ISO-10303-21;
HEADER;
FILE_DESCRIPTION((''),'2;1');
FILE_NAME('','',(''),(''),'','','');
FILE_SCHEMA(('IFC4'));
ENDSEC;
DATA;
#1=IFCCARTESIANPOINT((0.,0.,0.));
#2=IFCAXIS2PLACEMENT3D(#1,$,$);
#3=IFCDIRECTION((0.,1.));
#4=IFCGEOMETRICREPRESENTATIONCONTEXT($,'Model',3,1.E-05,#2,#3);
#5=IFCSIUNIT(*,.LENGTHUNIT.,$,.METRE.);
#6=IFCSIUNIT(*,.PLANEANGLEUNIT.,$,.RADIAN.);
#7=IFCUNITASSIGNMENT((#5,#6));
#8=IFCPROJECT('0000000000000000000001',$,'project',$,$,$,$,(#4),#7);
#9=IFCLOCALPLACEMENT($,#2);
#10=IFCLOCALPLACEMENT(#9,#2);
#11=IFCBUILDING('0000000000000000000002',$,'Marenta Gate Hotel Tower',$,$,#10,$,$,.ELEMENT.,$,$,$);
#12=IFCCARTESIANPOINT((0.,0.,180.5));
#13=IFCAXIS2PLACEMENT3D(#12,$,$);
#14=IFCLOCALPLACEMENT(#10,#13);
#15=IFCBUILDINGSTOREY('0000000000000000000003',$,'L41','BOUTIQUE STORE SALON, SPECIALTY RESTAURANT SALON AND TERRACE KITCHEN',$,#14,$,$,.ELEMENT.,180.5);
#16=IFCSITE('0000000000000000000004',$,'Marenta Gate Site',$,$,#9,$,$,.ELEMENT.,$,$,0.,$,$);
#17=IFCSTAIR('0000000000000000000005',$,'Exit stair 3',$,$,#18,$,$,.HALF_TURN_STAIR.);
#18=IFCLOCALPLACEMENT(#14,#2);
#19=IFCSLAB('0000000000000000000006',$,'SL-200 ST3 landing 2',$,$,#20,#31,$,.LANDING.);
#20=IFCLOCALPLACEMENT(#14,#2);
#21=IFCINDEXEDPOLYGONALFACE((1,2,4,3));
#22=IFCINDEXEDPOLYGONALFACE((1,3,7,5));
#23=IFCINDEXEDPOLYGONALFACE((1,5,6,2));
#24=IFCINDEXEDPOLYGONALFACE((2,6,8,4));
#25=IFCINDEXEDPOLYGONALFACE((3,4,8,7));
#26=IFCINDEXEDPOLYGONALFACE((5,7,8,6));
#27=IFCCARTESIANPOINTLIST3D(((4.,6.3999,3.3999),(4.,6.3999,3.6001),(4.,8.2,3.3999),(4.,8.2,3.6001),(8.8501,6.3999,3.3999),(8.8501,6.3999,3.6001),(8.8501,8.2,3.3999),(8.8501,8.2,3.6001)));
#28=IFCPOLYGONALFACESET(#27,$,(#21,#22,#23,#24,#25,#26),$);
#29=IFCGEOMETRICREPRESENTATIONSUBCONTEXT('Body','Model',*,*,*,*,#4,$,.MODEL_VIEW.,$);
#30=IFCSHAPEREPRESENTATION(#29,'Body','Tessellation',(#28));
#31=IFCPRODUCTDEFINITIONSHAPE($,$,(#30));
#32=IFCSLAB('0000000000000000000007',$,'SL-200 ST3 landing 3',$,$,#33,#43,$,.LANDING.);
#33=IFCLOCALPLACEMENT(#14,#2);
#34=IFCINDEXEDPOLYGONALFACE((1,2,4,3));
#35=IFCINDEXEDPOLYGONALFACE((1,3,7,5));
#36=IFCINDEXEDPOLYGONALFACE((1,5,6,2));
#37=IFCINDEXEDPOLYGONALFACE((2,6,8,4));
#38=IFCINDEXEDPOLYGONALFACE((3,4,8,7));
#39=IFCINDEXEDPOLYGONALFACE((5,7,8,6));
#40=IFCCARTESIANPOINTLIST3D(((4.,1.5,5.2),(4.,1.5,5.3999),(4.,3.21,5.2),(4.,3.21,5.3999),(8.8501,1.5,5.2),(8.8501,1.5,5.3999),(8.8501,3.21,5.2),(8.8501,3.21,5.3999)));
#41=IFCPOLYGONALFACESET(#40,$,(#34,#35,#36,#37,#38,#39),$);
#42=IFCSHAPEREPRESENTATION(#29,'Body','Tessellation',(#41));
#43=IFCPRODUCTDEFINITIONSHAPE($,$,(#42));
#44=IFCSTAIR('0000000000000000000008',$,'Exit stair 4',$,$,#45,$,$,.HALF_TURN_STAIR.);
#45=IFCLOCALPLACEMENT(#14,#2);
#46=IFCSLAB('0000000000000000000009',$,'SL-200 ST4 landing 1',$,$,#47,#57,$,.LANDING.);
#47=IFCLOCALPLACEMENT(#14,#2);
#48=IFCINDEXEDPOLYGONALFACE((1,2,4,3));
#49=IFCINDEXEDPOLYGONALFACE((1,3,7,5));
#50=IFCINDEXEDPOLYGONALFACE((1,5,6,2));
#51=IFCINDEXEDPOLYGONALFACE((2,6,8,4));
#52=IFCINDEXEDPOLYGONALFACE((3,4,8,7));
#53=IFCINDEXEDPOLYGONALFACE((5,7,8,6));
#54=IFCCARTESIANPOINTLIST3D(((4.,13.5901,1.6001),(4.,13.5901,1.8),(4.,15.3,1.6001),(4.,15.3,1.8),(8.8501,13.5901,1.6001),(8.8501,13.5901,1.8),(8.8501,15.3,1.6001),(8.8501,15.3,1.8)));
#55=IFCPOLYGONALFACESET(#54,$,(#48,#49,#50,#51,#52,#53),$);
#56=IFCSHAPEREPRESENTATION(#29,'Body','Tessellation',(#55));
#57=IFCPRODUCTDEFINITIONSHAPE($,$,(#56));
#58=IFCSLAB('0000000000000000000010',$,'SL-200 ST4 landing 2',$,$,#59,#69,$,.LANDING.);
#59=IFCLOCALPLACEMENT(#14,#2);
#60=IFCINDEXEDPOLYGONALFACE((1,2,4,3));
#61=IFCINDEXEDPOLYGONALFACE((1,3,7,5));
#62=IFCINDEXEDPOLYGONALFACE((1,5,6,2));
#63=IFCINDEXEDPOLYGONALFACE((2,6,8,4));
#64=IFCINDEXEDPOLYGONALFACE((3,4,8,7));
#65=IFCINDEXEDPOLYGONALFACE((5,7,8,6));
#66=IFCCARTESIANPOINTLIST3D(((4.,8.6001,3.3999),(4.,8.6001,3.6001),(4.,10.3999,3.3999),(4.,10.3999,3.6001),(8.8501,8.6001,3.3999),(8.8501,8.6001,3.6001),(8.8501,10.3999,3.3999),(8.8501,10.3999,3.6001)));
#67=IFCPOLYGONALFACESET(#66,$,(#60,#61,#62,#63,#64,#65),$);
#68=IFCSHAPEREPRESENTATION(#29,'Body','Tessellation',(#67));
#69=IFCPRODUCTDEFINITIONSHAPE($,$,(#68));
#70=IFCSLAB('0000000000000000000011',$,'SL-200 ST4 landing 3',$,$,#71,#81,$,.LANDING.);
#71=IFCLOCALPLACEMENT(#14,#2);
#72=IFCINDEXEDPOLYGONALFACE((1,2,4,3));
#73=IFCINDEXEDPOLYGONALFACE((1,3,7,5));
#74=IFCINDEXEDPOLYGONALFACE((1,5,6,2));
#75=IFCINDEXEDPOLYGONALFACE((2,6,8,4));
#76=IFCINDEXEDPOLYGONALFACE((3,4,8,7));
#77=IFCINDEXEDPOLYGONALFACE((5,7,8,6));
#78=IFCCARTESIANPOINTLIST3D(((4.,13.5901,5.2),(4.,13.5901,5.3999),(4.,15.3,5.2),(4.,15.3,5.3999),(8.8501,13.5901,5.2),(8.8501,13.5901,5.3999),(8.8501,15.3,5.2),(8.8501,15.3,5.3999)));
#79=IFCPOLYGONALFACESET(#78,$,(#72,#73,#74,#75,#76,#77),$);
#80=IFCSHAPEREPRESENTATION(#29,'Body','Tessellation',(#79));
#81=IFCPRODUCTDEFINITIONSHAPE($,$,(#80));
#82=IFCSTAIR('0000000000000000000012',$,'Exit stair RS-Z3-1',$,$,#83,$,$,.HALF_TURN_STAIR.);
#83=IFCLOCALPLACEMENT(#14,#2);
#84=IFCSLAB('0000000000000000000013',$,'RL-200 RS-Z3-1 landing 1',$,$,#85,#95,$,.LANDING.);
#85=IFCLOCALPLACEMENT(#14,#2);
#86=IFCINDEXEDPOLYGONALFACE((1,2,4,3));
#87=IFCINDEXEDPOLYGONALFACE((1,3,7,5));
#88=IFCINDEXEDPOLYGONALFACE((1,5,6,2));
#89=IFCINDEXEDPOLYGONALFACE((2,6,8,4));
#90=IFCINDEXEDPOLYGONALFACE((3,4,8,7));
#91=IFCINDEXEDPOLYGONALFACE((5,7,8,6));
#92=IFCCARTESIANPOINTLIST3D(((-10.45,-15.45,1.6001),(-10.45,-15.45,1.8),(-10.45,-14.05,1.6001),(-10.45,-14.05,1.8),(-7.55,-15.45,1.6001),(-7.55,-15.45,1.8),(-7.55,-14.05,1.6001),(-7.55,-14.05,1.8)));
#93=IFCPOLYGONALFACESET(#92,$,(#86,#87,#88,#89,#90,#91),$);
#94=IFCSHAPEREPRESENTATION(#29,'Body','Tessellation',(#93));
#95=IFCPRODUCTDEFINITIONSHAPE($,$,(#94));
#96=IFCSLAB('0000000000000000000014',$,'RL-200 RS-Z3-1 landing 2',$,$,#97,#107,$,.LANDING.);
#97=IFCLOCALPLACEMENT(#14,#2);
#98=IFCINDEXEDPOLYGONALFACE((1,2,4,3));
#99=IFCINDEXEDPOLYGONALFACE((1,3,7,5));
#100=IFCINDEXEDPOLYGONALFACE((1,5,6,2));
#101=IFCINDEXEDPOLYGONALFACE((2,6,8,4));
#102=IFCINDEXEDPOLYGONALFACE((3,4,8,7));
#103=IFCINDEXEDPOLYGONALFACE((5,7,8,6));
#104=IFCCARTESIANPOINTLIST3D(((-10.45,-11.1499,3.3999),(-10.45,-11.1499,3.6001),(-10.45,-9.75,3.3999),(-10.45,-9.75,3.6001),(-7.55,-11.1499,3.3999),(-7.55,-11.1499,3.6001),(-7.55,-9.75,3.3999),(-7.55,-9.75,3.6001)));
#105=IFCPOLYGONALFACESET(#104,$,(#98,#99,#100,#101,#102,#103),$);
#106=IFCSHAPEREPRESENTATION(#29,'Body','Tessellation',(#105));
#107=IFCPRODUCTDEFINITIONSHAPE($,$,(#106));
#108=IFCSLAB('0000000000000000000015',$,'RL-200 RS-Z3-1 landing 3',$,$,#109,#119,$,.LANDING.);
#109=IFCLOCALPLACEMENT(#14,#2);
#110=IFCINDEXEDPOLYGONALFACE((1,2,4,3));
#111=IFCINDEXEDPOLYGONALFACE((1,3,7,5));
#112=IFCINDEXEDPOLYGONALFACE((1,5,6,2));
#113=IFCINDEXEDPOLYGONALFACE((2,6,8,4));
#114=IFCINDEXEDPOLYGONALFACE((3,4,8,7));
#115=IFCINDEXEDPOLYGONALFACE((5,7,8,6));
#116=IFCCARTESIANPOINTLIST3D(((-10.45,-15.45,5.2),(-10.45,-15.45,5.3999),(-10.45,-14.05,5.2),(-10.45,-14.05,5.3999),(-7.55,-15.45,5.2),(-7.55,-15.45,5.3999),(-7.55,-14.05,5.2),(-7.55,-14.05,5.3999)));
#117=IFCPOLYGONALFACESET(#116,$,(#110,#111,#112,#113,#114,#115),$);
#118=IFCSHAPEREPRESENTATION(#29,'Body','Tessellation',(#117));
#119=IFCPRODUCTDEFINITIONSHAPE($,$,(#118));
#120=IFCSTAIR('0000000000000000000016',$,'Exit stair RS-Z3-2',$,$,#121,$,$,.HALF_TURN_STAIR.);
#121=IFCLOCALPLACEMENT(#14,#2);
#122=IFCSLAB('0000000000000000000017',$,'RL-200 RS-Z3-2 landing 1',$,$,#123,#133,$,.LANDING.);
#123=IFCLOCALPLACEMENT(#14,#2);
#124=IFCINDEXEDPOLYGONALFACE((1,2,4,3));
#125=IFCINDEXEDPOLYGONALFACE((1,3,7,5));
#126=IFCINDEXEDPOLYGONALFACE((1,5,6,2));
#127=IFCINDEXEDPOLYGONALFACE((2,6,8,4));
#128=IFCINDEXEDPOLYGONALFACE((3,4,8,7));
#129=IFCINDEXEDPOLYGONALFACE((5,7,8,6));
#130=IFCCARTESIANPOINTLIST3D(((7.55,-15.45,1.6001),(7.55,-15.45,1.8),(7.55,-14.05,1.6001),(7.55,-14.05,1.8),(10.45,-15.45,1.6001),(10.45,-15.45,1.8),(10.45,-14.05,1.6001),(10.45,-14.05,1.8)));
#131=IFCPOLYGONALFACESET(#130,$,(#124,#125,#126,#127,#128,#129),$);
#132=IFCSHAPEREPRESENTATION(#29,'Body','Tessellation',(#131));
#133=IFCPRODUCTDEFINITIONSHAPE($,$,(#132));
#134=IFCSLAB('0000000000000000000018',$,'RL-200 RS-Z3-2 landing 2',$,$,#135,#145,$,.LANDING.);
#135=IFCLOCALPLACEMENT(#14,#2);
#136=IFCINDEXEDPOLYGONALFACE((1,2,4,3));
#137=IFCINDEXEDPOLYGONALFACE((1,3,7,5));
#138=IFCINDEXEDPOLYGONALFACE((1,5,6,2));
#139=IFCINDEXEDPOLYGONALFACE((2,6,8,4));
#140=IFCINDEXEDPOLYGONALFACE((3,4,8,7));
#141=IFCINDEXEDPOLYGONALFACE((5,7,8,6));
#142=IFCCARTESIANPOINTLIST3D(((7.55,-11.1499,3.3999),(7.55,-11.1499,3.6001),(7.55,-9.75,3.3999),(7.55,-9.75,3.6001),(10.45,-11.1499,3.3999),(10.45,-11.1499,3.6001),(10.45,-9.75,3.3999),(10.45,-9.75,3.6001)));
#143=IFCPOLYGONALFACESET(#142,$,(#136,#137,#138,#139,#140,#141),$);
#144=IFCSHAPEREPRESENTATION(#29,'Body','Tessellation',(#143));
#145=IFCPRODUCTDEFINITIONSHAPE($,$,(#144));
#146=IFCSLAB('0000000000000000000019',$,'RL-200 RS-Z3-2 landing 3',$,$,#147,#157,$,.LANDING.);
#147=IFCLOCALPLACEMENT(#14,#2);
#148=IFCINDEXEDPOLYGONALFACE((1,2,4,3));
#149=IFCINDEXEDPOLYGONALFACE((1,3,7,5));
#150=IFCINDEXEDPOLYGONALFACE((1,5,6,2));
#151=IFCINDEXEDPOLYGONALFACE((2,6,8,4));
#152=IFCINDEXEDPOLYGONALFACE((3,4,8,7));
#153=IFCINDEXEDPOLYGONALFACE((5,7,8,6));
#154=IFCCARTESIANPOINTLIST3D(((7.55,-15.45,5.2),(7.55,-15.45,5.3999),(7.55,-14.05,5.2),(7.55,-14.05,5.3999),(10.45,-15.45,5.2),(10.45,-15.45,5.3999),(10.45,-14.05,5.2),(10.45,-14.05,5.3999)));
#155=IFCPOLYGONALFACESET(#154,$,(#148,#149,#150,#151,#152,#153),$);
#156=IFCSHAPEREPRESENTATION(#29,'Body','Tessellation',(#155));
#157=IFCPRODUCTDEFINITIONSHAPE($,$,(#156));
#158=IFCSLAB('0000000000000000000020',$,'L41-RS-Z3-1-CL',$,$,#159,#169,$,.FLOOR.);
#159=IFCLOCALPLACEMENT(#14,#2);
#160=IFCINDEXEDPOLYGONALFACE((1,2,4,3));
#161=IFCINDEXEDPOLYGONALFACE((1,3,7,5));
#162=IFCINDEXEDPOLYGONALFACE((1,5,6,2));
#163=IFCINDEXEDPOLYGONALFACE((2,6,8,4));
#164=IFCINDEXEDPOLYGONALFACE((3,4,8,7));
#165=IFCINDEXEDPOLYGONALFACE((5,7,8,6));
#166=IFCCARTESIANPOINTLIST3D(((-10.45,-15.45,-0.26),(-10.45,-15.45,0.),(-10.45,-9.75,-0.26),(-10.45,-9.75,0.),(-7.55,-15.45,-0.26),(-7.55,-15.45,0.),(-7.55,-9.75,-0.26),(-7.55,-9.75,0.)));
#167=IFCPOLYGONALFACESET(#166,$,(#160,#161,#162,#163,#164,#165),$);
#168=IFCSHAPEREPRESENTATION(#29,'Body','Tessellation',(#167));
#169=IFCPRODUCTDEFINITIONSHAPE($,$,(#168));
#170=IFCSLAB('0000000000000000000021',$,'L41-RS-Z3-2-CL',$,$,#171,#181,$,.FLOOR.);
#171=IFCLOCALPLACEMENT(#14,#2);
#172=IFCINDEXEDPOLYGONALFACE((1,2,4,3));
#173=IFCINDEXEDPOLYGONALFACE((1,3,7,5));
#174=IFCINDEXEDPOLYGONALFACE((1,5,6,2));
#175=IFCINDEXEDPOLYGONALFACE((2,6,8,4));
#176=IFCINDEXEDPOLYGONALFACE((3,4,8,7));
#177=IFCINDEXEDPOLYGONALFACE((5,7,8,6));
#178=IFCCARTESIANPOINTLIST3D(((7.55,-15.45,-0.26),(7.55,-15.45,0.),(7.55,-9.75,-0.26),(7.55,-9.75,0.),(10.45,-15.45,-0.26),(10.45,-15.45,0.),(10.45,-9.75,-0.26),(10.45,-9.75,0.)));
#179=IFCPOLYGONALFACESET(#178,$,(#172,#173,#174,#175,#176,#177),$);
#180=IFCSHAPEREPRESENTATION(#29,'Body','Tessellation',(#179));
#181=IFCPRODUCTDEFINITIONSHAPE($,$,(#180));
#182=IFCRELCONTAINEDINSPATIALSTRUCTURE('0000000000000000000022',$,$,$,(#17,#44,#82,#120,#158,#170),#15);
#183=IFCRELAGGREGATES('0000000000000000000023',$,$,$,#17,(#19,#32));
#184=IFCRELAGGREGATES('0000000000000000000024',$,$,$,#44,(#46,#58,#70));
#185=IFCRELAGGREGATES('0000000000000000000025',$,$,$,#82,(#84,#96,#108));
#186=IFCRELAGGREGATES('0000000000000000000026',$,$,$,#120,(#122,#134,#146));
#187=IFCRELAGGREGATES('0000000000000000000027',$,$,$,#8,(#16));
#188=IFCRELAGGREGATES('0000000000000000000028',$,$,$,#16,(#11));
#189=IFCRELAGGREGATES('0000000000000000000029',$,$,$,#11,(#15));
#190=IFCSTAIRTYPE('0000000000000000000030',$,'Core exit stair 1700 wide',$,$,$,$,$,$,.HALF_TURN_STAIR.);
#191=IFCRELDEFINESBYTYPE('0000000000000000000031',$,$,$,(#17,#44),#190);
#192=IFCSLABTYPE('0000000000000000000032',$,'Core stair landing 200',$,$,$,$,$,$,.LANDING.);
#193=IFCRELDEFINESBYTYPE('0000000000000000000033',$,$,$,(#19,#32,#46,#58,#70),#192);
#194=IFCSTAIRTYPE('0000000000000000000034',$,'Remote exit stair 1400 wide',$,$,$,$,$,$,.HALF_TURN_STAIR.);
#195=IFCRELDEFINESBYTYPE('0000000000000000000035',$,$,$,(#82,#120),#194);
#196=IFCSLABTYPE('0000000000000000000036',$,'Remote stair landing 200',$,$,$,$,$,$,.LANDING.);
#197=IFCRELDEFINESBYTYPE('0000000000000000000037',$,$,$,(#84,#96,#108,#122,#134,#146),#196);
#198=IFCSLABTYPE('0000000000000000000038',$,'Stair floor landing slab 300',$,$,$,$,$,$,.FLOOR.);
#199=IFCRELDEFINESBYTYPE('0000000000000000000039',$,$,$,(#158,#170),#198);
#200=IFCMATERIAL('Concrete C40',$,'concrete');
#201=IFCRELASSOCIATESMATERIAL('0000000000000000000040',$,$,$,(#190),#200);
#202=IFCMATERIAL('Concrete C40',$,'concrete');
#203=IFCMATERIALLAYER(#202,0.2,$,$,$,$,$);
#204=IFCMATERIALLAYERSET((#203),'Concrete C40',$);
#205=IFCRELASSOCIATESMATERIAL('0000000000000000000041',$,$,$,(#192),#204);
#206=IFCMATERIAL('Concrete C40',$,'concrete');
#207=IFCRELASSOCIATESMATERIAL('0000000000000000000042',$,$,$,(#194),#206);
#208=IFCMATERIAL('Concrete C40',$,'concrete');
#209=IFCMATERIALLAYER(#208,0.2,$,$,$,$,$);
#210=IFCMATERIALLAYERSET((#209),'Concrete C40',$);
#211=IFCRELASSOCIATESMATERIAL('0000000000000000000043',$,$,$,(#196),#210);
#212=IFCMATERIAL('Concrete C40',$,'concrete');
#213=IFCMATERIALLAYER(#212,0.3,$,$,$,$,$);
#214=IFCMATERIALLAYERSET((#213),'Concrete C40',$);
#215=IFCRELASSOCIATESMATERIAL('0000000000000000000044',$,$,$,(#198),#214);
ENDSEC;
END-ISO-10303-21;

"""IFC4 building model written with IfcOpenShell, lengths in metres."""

from ifc_helpers import new_model, si_unit, direction, frame, origin, place, context, subcontext, project, spatial, polyline, outline, extrude, material, layer, layer_set, type_object, element, aggregate, save


model = new_model("IFC4")

# Units and contexts
model_context = context("Model", 3, precision=1e-05, world=origin(), true_north=direction((0.0, 1.0)))
body_context = subcontext(model_context, "Body", "Model", "MODEL_VIEW")
ifc_project = project(units=[si_unit("LENGTHUNIT", "METRE"), si_unit("PLANEANGLEUNIT", "RADIAN")], contexts=[model_context])

# Site, building, storey
site_placement = place(None, origin())
site = spatial("IfcSite", under=ifc_project, at=site_placement, Name="Marenta Gate Site", CompositionType="ELEMENT", RefElevation=0.0)
building_placement = place(site_placement, origin())
building = spatial("IfcBuilding", under=site, at=building_placement, Name="Marenta Gate Hotel Tower", CompositionType="ELEMENT")
storey_placement = place(building_placement, frame((0.0, 0.0, 180.5)))
storey = spatial("IfcBuildingStorey", under=building, at=storey_placement, Name="L41", Description="BOUTIQUE STORE SALON, SPECIALTY RESTAURANT SALON AND TERRACE KITCHEN", CompositionType="ELEMENT", Elevation=180.5)

# Stairs, slabs
ifc_material_1 = material(Name="Concrete C40", Category="concrete")
stair_type_1 = type_object("IfcStairType", Name="Core exit stair 1700 wide", PredefinedType="HALF_TURN_STAIR", material=ifc_material_1)
stair_1_placement = place(storey_placement, origin())
stair_1 = element("IfcStair", 1, at=stair_1_placement, inside=storey, type_object=stair_type_1, Name="Exit stair 3", PredefinedType="HALF_TURN_STAIR")
ifc_material_2 = material(Name="Concrete C40", Category="concrete")
ifc_layer_1 = layer(ifc_material_2, 0.2)
ifc_layer_set_1 = layer_set([ifc_layer_1], Name="Concrete C40")
slab_type_1 = type_object("IfcSlabType", Name="Core stair landing 200", PredefinedType="LANDING", material=ifc_layer_set_1)
slab_1_placement = place(storey_placement, frame((0.0, 0.0, 3.3999)))
slab_1 = element("IfcSlab", 2, at=slab_1_placement, type_object=slab_type_1, Name="SL-200 ST3 landing 2", PredefinedType="LANDING", context=body_context, shape_type="SweptSolid", body=[
    extrude(outline(polyline([(4.0, 6.3999), (8.8501, 6.3999), (8.8501, 8.2), (4.0, 8.2), (4.0, 6.3999)])), origin(), (0.0, 0.0, 1.0), 0.2002),
])
slab_2_placement = place(storey_placement, frame((0.0, 0.0, 5.2)))
slab_2 = element("IfcSlab", 3, at=slab_2_placement, type_object=slab_type_1, Name="SL-200 ST3 landing 3", PredefinedType="LANDING", context=body_context, shape_type="SweptSolid", body=[
    extrude(outline(polyline([(4.0, 1.5), (8.8501, 1.5), (8.8501, 3.21), (4.0, 3.21), (4.0, 1.5)])), origin(), (0.0, 0.0, 1.0), 0.2),
])
aggregate(stair_1, [slab_1, slab_2])
stair_2_placement = place(storey_placement, origin())
stair_2 = element("IfcStair", 4, at=stair_2_placement, inside=storey, type_object=stair_type_1, Name="Exit stair 4", PredefinedType="HALF_TURN_STAIR")
slab_3_placement = place(storey_placement, frame((0.0, 0.0, 1.6001)))
slab_3 = element("IfcSlab", 5, at=slab_3_placement, type_object=slab_type_1, Name="SL-200 ST4 landing 1", PredefinedType="LANDING", context=body_context, shape_type="SweptSolid", body=[
    extrude(outline(polyline([(4.0, 13.5901), (8.8501, 13.5901), (8.8501, 15.3), (4.0, 15.3), (4.0, 13.5901)])), origin(), (0.0, 0.0, 1.0), 0.2),
])
slab_4_placement = place(storey_placement, frame((0.0, 0.0, 3.3999)))
slab_4 = element("IfcSlab", 6, at=slab_4_placement, type_object=slab_type_1, Name="SL-200 ST4 landing 2", PredefinedType="LANDING", context=body_context, shape_type="SweptSolid", body=[
    extrude(outline(polyline([(4.0, 8.6001), (8.8501, 8.6001), (8.8501, 10.3999), (4.0, 10.3999), (4.0, 8.6001)])), origin(), (0.0, 0.0, 1.0), 0.2002),
])
slab_5_placement = place(storey_placement, frame((0.0, 0.0, 5.2)))
slab_5 = element("IfcSlab", 7, at=slab_5_placement, type_object=slab_type_1, Name="SL-200 ST4 landing 3", PredefinedType="LANDING", context=body_context, shape_type="SweptSolid", body=[
    extrude(outline(polyline([(4.0, 13.5901), (8.8501, 13.5901), (8.8501, 15.3), (4.0, 15.3), (4.0, 13.5901)])), origin(), (0.0, 0.0, 1.0), 0.2),
])
aggregate(stair_2, [slab_3, slab_4, slab_5])
ifc_material_3 = material(Name="Concrete C40", Category="concrete")
stair_type_2 = type_object("IfcStairType", Name="Remote exit stair 1400 wide", PredefinedType="HALF_TURN_STAIR", material=ifc_material_3)
stair_3_placement = place(storey_placement, origin())
stair_3 = element("IfcStair", 8, at=stair_3_placement, inside=storey, type_object=stair_type_2, Name="Exit stair RS-Z3-1", PredefinedType="HALF_TURN_STAIR")
ifc_material_4 = material(Name="Concrete C40", Category="concrete")
ifc_layer_2 = layer(ifc_material_4, 0.2)
ifc_layer_set_2 = layer_set([ifc_layer_2], Name="Concrete C40")
slab_type_2 = type_object("IfcSlabType", Name="Remote stair landing 200", PredefinedType="LANDING", material=ifc_layer_set_2)
slab_6_placement = place(storey_placement, frame((0.0, 0.0, 1.6001)))
slab_6 = element("IfcSlab", 9, at=slab_6_placement, type_object=slab_type_2, Name="RL-200 RS-Z3-1 landing 1", PredefinedType="LANDING", context=body_context, shape_type="SweptSolid", body=[
    extrude(outline(polyline([(-10.45, -15.45), (-7.55, -15.45), (-7.55, -14.05), (-10.45, -14.05), (-10.45, -15.45)])), origin(), (0.0, 0.0, 1.0), 0.2),
])
slab_7_placement = place(storey_placement, frame((0.0, 0.0, 3.3999)))
slab_7 = element("IfcSlab", 10, at=slab_7_placement, type_object=slab_type_2, Name="RL-200 RS-Z3-1 landing 2", PredefinedType="LANDING", context=body_context, shape_type="SweptSolid", body=[
    extrude(outline(polyline([(-10.45, -11.1499), (-7.55, -11.1499), (-7.55, -9.75), (-10.45, -9.75), (-10.45, -11.1499)])), origin(), (0.0, 0.0, 1.0), 0.2002),
])
slab_8_placement = place(storey_placement, frame((0.0, 0.0, 5.2)))
slab_8 = element("IfcSlab", 11, at=slab_8_placement, type_object=slab_type_2, Name="RL-200 RS-Z3-1 landing 3", PredefinedType="LANDING", context=body_context, shape_type="SweptSolid", body=[
    extrude(outline(polyline([(-10.45, -15.45), (-7.55, -15.45), (-7.55, -14.05), (-10.45, -14.05), (-10.45, -15.45)])), origin(), (0.0, 0.0, 1.0), 0.2),
])
aggregate(stair_3, [slab_6, slab_7, slab_8])
stair_4_placement = place(storey_placement, origin())
stair_4 = element("IfcStair", 12, at=stair_4_placement, inside=storey, type_object=stair_type_2, Name="Exit stair RS-Z3-2", PredefinedType="HALF_TURN_STAIR")
slab_9_placement = place(storey_placement, frame((0.0, 0.0, 1.6001)))
slab_9 = element("IfcSlab", 13, at=slab_9_placement, type_object=slab_type_2, Name="RL-200 RS-Z3-2 landing 1", PredefinedType="LANDING", context=body_context, shape_type="SweptSolid", body=[
    extrude(outline(polyline([(7.55, -15.45), (10.45, -15.45), (10.45, -14.05), (7.55, -14.05), (7.55, -15.45)])), origin(), (0.0, 0.0, 1.0), 0.2),
])
slab_10_placement = place(storey_placement, frame((0.0, 0.0, 3.3999)))
slab_10 = element("IfcSlab", 14, at=slab_10_placement, type_object=slab_type_2, Name="RL-200 RS-Z3-2 landing 2", PredefinedType="LANDING", context=body_context, shape_type="SweptSolid", body=[
    extrude(outline(polyline([(7.55, -11.1499), (10.45, -11.1499), (10.45, -9.75), (7.55, -9.75), (7.55, -11.1499)])), origin(), (0.0, 0.0, 1.0), 0.2002),
])
slab_11_placement = place(storey_placement, frame((0.0, 0.0, 5.2)))
slab_11 = element("IfcSlab", 15, at=slab_11_placement, type_object=slab_type_2, Name="RL-200 RS-Z3-2 landing 3", PredefinedType="LANDING", context=body_context, shape_type="SweptSolid", body=[
    extrude(outline(polyline([(7.55, -15.45), (10.45, -15.45), (10.45, -14.05), (7.55, -14.05), (7.55, -15.45)])), origin(), (0.0, 0.0, 1.0), 0.2),
])
aggregate(stair_4, [slab_9, slab_10, slab_11])

# Slabs
ifc_material_5 = material(Name="Concrete C40", Category="concrete")
ifc_layer_3 = layer(ifc_material_5, 0.3)
ifc_layer_set_3 = layer_set([ifc_layer_3], Name="Concrete C40")
slab_type_3 = type_object("IfcSlabType", Name="Stair floor landing slab 300", PredefinedType="FLOOR", material=ifc_layer_set_3)
slab_12_placement = place(storey_placement, frame((0.0, 0.0, -0.26)))
element("IfcSlab", 16, at=slab_12_placement, inside=storey, type_object=slab_type_3, Name="L41-RS-Z3-1-CL", PredefinedType="FLOOR", context=body_context, shape_type="SweptSolid", body=[
    extrude(outline(polyline([(-7.55, -15.45), (-7.55, -9.75), (-10.45, -9.75), (-10.45, -15.45), (-7.55, -15.45)])), origin(), (0.0, 0.0, 1.0), 0.26),
])
slab_13_placement = place(storey_placement, frame((0.0, 0.0, -0.26)))
element("IfcSlab", 17, at=slab_13_placement, inside=storey, type_object=slab_type_3, Name="L41-RS-Z3-2-CL", PredefinedType="FLOOR", context=body_context, shape_type="SweptSolid", body=[
    extrude(outline(polyline([(10.45, -15.45), (10.45, -9.75), (7.55, -9.75), (7.55, -15.45), (10.45, -15.45)])), origin(), (0.0, 0.0, 1.0), 0.26),
])

save(model, "model.ifc")
